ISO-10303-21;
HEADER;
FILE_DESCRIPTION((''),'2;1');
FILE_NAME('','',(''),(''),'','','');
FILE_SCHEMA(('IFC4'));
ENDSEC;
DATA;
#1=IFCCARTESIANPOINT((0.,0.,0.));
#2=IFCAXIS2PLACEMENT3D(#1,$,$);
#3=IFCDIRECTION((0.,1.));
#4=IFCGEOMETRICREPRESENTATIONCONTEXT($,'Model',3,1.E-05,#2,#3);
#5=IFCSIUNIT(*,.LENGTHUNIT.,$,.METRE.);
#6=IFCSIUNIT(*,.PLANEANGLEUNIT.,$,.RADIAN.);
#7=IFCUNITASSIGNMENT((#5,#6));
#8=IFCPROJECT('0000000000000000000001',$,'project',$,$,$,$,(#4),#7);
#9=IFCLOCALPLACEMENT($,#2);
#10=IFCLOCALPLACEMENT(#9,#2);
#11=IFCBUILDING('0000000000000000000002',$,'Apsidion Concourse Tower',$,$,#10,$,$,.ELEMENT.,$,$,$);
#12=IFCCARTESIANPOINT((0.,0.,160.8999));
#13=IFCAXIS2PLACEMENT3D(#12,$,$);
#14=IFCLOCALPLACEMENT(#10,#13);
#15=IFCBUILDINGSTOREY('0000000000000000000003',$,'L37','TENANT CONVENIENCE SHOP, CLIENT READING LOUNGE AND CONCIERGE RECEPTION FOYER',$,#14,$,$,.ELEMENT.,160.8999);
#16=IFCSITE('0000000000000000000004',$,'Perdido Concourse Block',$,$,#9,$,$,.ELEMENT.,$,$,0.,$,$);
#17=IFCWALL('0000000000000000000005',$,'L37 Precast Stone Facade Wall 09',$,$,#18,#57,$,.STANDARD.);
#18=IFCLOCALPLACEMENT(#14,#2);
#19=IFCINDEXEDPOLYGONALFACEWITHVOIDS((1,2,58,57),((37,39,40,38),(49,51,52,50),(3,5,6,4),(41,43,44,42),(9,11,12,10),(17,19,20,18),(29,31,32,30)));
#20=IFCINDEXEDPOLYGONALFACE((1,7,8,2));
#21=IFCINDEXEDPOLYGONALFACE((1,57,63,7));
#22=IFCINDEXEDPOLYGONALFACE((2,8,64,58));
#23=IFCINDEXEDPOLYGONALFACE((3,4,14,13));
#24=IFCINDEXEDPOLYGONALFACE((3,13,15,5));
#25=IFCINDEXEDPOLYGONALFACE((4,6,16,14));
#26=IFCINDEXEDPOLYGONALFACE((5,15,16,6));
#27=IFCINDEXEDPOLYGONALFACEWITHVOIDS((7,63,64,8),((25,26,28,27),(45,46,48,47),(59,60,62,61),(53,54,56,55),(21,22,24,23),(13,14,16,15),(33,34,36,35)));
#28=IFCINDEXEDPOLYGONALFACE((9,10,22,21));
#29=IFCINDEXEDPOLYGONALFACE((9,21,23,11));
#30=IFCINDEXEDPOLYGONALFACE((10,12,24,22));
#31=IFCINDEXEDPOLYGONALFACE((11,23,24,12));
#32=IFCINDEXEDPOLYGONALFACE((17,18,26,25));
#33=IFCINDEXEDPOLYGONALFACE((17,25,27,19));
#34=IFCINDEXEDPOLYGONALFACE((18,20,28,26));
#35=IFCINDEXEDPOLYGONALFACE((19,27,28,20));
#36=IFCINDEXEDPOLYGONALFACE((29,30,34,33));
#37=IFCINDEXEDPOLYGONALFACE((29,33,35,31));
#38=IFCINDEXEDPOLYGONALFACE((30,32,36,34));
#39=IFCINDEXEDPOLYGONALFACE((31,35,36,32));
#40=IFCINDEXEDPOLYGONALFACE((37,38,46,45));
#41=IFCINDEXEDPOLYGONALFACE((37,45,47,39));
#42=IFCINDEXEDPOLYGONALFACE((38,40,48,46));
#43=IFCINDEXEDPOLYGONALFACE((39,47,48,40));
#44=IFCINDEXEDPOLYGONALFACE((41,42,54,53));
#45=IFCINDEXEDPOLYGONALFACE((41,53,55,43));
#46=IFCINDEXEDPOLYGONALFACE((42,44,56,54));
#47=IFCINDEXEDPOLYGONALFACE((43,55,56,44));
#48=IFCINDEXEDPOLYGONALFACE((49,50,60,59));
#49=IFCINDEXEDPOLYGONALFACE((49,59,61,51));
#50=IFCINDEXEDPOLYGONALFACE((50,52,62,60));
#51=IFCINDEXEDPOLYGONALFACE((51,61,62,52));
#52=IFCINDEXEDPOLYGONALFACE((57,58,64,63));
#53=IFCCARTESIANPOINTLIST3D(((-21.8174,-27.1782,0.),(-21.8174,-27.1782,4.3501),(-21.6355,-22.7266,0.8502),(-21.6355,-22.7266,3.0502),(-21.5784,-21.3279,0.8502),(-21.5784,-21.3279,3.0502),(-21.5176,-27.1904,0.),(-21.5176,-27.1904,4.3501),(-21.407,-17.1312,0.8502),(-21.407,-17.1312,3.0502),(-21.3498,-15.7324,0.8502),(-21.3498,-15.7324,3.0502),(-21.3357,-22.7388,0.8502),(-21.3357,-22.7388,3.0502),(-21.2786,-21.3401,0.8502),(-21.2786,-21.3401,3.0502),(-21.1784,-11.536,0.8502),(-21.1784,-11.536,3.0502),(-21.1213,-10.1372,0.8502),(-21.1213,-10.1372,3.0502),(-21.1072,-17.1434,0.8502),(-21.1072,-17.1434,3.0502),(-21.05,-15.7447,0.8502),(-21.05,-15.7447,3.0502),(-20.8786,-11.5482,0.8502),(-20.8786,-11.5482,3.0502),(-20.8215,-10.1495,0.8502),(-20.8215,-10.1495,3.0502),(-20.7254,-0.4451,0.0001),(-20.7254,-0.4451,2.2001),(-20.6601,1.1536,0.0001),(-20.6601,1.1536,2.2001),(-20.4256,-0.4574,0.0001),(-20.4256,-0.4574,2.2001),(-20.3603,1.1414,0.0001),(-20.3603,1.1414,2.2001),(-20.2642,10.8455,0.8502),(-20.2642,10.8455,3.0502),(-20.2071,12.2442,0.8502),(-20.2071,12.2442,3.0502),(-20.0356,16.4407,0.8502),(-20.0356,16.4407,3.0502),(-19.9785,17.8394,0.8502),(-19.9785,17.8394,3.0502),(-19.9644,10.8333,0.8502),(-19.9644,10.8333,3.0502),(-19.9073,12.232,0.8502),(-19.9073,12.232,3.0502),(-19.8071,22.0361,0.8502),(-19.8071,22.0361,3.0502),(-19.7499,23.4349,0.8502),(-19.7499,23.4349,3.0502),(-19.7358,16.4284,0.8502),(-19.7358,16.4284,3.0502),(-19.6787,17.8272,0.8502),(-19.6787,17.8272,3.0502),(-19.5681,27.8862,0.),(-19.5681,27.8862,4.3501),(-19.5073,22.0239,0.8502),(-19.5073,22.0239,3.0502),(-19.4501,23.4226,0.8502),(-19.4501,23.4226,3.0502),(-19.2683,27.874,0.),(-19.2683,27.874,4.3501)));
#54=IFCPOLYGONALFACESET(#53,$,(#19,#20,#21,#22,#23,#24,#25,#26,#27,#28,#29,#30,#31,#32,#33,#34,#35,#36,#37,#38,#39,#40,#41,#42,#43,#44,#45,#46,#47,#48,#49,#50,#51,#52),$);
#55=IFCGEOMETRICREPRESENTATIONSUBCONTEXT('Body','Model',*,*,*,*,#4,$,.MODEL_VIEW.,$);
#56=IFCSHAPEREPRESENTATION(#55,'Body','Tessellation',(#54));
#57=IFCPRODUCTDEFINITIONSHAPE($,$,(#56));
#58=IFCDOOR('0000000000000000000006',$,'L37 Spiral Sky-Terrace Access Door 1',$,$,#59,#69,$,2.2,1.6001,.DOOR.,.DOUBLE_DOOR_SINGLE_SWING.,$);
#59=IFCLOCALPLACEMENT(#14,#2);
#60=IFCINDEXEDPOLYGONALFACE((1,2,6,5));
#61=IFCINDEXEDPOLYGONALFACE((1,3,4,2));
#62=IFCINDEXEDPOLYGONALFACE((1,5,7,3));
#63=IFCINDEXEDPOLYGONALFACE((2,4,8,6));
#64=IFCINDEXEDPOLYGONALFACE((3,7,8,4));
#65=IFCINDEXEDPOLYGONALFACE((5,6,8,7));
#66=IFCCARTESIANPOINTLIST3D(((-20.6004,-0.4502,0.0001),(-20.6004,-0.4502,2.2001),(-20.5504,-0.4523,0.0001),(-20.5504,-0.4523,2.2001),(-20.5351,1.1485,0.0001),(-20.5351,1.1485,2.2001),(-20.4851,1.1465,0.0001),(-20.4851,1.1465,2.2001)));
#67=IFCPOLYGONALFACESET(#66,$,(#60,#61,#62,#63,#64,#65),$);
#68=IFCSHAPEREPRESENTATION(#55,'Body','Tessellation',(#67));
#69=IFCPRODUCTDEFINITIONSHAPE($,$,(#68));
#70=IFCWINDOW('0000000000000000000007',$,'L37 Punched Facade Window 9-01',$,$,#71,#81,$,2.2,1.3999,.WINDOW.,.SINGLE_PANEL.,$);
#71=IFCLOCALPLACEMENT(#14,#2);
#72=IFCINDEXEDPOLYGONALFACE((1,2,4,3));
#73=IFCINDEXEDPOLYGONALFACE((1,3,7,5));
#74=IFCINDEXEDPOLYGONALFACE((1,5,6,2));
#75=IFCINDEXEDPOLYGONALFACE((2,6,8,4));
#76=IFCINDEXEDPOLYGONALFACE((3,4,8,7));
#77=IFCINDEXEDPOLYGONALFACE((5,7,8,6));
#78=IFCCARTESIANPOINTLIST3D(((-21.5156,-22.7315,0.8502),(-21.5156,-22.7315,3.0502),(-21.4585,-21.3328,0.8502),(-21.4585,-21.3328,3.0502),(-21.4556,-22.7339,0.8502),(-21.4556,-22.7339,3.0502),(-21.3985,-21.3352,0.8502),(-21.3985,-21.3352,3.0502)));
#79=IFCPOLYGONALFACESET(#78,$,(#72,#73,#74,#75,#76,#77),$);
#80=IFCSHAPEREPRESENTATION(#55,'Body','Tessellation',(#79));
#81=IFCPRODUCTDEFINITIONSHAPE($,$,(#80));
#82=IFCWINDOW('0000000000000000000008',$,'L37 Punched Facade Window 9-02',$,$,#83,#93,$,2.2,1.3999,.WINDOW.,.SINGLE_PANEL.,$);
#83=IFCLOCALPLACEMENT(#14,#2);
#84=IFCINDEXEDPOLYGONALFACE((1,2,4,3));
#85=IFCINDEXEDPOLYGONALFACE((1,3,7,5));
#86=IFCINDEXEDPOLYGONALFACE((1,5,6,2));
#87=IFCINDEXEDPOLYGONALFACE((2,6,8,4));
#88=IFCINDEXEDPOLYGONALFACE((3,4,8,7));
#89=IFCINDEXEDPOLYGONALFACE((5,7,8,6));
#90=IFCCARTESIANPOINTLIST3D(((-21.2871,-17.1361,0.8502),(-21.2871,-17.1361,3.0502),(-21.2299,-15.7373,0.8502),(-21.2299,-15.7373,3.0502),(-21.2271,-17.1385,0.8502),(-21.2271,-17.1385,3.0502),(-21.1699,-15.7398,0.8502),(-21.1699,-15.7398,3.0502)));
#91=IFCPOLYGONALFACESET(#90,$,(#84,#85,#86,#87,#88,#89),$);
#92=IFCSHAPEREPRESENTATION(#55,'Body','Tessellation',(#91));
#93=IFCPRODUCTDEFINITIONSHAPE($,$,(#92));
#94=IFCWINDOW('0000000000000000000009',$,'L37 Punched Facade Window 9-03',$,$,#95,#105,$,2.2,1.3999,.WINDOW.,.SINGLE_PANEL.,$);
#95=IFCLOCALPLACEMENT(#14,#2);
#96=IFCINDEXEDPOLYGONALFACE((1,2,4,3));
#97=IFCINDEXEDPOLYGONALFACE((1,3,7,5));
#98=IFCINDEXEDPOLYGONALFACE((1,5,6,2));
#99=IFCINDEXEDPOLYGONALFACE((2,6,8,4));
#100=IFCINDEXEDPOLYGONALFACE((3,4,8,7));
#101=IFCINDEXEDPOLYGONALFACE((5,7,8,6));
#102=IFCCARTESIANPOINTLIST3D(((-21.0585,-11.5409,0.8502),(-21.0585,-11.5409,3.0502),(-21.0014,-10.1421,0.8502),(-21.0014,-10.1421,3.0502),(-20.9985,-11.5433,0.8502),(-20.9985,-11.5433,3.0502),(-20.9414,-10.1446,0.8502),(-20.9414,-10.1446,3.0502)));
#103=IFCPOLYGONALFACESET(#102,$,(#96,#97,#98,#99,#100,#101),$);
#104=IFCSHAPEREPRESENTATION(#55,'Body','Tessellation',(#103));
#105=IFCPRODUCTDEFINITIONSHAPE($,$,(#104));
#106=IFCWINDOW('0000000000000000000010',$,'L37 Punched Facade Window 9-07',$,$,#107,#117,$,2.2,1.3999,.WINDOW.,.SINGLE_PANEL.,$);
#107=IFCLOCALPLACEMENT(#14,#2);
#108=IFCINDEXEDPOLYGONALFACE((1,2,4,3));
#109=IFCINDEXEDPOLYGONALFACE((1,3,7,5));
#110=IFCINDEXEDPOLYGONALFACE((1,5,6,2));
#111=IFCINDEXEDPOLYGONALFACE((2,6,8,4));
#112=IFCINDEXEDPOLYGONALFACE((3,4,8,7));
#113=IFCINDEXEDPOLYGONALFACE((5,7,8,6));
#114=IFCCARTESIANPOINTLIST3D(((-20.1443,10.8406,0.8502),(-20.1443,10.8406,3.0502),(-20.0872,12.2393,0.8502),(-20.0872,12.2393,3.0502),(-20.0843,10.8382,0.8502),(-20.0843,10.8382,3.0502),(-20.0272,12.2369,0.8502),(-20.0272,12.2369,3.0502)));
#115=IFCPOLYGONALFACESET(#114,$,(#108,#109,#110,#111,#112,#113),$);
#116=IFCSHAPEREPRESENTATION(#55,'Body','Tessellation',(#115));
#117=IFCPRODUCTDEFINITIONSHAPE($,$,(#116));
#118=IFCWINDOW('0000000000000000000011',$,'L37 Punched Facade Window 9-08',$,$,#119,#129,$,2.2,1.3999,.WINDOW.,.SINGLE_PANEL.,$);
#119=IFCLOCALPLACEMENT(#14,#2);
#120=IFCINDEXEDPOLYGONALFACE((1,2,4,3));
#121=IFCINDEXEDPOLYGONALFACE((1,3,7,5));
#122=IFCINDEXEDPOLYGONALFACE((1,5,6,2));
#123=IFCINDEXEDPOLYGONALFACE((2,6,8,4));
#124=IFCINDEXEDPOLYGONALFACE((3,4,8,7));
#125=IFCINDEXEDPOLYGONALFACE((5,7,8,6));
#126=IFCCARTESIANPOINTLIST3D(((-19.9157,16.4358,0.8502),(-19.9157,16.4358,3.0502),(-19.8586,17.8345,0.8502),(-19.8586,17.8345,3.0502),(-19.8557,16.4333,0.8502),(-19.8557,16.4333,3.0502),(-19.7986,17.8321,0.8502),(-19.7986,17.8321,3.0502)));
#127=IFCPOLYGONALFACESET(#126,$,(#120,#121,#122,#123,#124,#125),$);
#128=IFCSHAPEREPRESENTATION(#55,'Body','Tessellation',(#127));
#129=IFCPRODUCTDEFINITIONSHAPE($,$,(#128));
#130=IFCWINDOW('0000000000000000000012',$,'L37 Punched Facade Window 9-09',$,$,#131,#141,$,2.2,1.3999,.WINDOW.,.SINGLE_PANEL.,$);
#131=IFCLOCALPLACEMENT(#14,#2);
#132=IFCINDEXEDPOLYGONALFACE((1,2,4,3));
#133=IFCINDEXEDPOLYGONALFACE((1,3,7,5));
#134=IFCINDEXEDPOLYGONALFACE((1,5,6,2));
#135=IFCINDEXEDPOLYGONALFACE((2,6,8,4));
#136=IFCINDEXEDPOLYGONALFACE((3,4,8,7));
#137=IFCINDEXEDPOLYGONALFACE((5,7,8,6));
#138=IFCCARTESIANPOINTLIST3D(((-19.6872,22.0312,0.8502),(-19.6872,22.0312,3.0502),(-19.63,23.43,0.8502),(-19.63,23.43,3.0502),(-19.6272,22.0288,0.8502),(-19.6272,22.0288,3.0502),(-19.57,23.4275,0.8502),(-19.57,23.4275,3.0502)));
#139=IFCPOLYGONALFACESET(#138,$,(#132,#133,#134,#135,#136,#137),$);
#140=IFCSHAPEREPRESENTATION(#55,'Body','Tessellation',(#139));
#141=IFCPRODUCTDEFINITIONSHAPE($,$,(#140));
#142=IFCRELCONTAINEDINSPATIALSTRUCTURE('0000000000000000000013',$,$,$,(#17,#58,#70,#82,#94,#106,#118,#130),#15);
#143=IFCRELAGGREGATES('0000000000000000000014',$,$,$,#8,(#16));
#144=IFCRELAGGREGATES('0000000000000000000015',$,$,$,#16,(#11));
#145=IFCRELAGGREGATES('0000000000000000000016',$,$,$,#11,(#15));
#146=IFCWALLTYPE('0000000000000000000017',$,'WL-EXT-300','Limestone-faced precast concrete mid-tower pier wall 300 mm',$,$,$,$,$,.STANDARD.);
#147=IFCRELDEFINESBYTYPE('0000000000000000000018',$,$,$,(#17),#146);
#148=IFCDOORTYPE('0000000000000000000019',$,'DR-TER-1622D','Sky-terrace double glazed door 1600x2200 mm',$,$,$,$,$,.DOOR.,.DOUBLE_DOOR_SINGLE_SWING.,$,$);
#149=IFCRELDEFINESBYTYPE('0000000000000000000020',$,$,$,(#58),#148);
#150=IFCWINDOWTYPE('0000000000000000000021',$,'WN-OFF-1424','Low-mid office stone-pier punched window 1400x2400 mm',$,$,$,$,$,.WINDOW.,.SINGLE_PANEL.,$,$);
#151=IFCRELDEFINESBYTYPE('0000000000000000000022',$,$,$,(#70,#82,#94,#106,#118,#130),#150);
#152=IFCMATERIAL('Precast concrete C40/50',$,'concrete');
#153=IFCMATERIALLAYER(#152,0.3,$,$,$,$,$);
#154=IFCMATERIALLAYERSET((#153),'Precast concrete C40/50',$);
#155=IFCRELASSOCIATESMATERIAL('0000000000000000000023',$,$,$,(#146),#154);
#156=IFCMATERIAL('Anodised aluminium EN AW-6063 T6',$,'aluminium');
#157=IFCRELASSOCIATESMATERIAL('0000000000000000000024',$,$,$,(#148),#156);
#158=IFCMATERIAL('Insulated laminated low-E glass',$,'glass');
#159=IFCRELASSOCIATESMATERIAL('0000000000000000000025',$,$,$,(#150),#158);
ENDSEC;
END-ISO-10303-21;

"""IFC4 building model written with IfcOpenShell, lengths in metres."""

from ifc_helpers import new_model, si_unit, direction, frame, frame_2d, origin, place, context, subcontext, project, spatial, rectangle, extrude, material, layer, layer_set, type_object, element, fill, save


model = new_model("IFC4")

# Units and contexts
model_context = context("Model", 3, precision=1e-05, world=origin(), true_north=direction((0.0, 1.0)))
body_context = subcontext(model_context, "Body", "Model", "MODEL_VIEW")
ifc_project = project(units=[si_unit("LENGTHUNIT", "METRE"), si_unit("PLANEANGLEUNIT", "RADIAN")], contexts=[model_context])

# Site, building, storey
site_placement = place(None, origin())
site = spatial("IfcSite", under=ifc_project, at=site_placement, Name="Perdido Concourse Block", CompositionType="ELEMENT", RefElevation=0.0)
building_placement = place(site_placement, origin())
building = spatial("IfcBuilding", under=site, at=building_placement, Name="Apsidion Concourse Tower", CompositionType="ELEMENT")
storey_placement = place(building_placement, frame((0.0, 0.0, 160.8999)))
storey = spatial("IfcBuildingStorey", under=building, at=storey_placement, Name="L37", Description="TENANT CONVENIENCE SHOP, CLIENT READING LOUNGE AND CONCIERGE RECEPTION FOYER", CompositionType="ELEMENT", Elevation=160.8999)

# Shared definitions
ifc_material_1 = material(Name="Precast concrete C40/50", Category="concrete")
ifc_layer_1 = layer(ifc_material_1, 0.3)
ifc_layer_set_1 = layer_set([ifc_layer_1], Name="Precast concrete C40/50")
wall_type_1 = type_object("IfcWallType", Name="WL-EXT-300", Description="Limestone-faced precast concrete mid-tower pier wall 300 mm", PredefinedType="STANDARD", material=ifc_layer_set_1)

# Wall, openings, door, windows
wall_1_placement = place(storey_placement, frame((-21.6675, -27.1843, 0.0), z_axis=(0.0, 0.0, 1.0), x_axis=(0.040814, 0.999167, 0.0)))
wall_1 = element("IfcWall", 1, at=wall_1_placement, inside=storey, type_object=wall_type_1, Name="L37 Precast Stone Facade Wall 09", PredefinedType="STANDARD", context=body_context, shape_type="SweptSolid", body=[
    extrude(rectangle(XDim=55.1104, YDim=0.3, at=frame_2d((27.5552, 0.0))), origin(), (0.0, 0.0, 1.0), 4.3501),
])
opening_1_placement = place(wall_1_placement, frame((26.7554, 0.0, 0.0)))
opening_1 = element("IfcOpeningElement", 2, at=opening_1_placement, cuts=wall_1, PredefinedType="OPENING", context=body_context, shape_type="SweptSolid", body=[
    extrude(rectangle(XDim=1.6001, YDim=2.2, at=frame_2d((0.8, 1.1001))), frame((0.0, 0.1602, 0.0), z_axis=(0.0, -1.0, 0.0), x_axis=(1.0, 0.0, 0.0)), (0.0, 0.0, 1.0), 0.3201),
])
opening_2_placement = place(wall_1_placement, frame((4.4553, 0.0, 0.8501)))
opening_2 = element("IfcOpeningElement", 3, at=opening_2_placement, cuts=wall_1, PredefinedType="OPENING", context=body_context, shape_type="SweptSolid", body=[
    extrude(rectangle(XDim=1.3999, YDim=2.2, at=frame_2d((0.7, 1.1001))), frame((0.0, 0.1602, 0.0), z_axis=(0.0, -1.0, 0.0), x_axis=(1.0, 0.0, 0.0)), (0.0, 0.0, 1.0), 0.3201),
])
opening_3_placement = place(wall_1_placement, frame((10.0554, 0.0, 0.8501)))
opening_3 = element("IfcOpeningElement", 4, at=opening_3_placement, cuts=wall_1, PredefinedType="OPENING", context=body_context, shape_type="SweptSolid", body=[
    extrude(rectangle(XDim=1.3999, YDim=2.2, at=frame_2d((0.7, 1.1001))), frame((0.0, 0.1602, 0.0), z_axis=(0.0, -1.0, 0.0), x_axis=(1.0, 0.0, 0.0)), (0.0, 0.0, 1.0), 0.3201),
])
opening_4_placement = place(wall_1_placement, frame((15.6553, 0.0, 0.8501)))
opening_4 = element("IfcOpeningElement", 5, at=opening_4_placement, cuts=wall_1, PredefinedType="OPENING", context=body_context, shape_type="SweptSolid", body=[
    extrude(rectangle(XDim=1.3999, YDim=2.2, at=frame_2d((0.7, 1.1001))), frame((0.0, 0.1602, 0.0), z_axis=(0.0, -1.0, 0.0), x_axis=(1.0, 0.0, 0.0)), (0.0, 0.0, 1.0), 0.3201),
])
opening_5_placement = place(wall_1_placement, frame((38.0554, 0.0, 0.8501)))
opening_5 = element("IfcOpeningElement", 6, at=opening_5_placement, cuts=wall_1, PredefinedType="OPENING", context=body_context, shape_type="SweptSolid", body=[
    extrude(rectangle(XDim=1.3999, YDim=2.2, at=frame_2d((0.7, 1.1001))), frame((0.0, 0.1602, 0.0), z_axis=(0.0, -1.0, 0.0), x_axis=(1.0, 0.0, 0.0)), (0.0, 0.0, 1.0), 0.3201),
])
opening_6_placement = place(wall_1_placement, frame((43.6553, 0.0, 0.8501)))
opening_6 = element("IfcOpeningElement", 7, at=opening_6_placement, cuts=wall_1, PredefinedType="OPENING", context=body_context, shape_type="SweptSolid", body=[
    extrude(rectangle(XDim=1.3999, YDim=2.2, at=frame_2d((0.7, 1.1001))), frame((0.0, 0.1602, 0.0), z_axis=(0.0, -1.0, 0.0), x_axis=(1.0, 0.0, 0.0)), (0.0, 0.0, 1.0), 0.3201),
])
opening_7_placement = place(wall_1_placement, frame((49.2554, 0.0, 0.8501)))
opening_7 = element("IfcOpeningElement", 8, at=opening_7_placement, cuts=wall_1, PredefinedType="OPENING", context=body_context, shape_type="SweptSolid", body=[
    extrude(rectangle(XDim=1.3999, YDim=2.2, at=frame_2d((0.7, 1.1001))), frame((0.0, 0.1602, 0.0), z_axis=(0.0, -1.0, 0.0), x_axis=(1.0, 0.0, 0.0)), (0.0, 0.0, 1.0), 0.3201),
])
ifc_material_2 = material(Name="Anodised aluminium EN AW-6063 T6", Category="aluminium")
door_type_1 = type_object("IfcDoorType", Name="DR-TER-1622D", Description="Sky-terrace double glazed door 1600x2200 mm", OperationType="DOUBLE_DOOR_SINGLE_SWING", PredefinedType="DOOR", material=ifc_material_2)
door_1_placement = place(opening_1_placement, origin())
door_1 = element("IfcDoor", 9, at=door_1_placement, inside=storey, type_object=door_type_1, Name="L37 Spiral Sky-Terrace Access Door 1", OperationType="DOUBLE_DOOR_SINGLE_SWING", OverallHeight=2.2, OverallWidth=1.6001, PredefinedType="DOOR", context=body_context, shape_type="SweptSolid", body=[
    extrude(rectangle(XDim=1.6001, YDim=2.2, at=frame_2d((0.8, 1.1001))), frame((0.0, 0.0249, 0.0), z_axis=(0.0, -1.0, 0.0), x_axis=(1.0, 0.0, 0.0)), (0.0, 0.0, 1.0), 0.05),
])
fill(opening_1, door_1)
ifc_material_3 = material(Name="Insulated laminated low-E glass", Category="glass")
window_type = type_object("IfcWindowType", Name="WN-OFF-1424", Description="Low-mid office stone-pier punched window 1400x2400 mm", PartitioningType="SINGLE_PANEL", PredefinedType="WINDOW", material=ifc_material_3)
window_1_placement = place(opening_2_placement, origin())
window_1 = element("IfcWindow", 10, at=window_1_placement, inside=storey, type_object=window_type, Name="L37 Punched Facade Window 9-01", OverallHeight=2.2, OverallWidth=1.3999, PartitioningType="SINGLE_PANEL", PredefinedType="WINDOW", context=body_context, shape_type="SweptSolid", body=[
    extrude(rectangle(XDim=1.3999, YDim=2.2, at=frame_2d((0.7, 1.1001))), frame((0.0, 0.03, 0.0), z_axis=(0.0, -1.0, 0.0), x_axis=(1.0, 0.0, 0.0)), (0.0, 0.0, 1.0), 0.0601),
])
fill(opening_2, window_1)
window_2_placement = place(opening_3_placement, origin())
window_2 = element("IfcWindow", 11, at=window_2_placement, inside=storey, type_object=window_type, Name="L37 Punched Facade Window 9-02", OverallHeight=2.2, OverallWidth=1.3999, PartitioningType="SINGLE_PANEL", PredefinedType="WINDOW", context=body_context, shape_type="SweptSolid", body=[
    extrude(rectangle(XDim=1.3999, YDim=2.2, at=frame_2d((0.7, 1.1001))), frame((0.0, 0.03, 0.0), z_axis=(0.0, -1.0, 0.0), x_axis=(1.0, 0.0, 0.0)), (0.0, 0.0, 1.0), 0.0601),
])
fill(opening_3, window_2)
window_3_placement = place(opening_4_placement, origin())
window_3 = element("IfcWindow", 12, at=window_3_placement, inside=storey, type_object=window_type, Name="L37 Punched Facade Window 9-03", OverallHeight=2.2, OverallWidth=1.3999, PartitioningType="SINGLE_PANEL", PredefinedType="WINDOW", context=body_context, shape_type="SweptSolid", body=[
    extrude(rectangle(XDim=1.3999, YDim=2.2, at=frame_2d((0.7, 1.1001))), frame((0.0, 0.03, 0.0), z_axis=(0.0, -1.0, 0.0), x_axis=(1.0, 0.0, 0.0)), (0.0, 0.0, 1.0), 0.0601),
])
fill(opening_4, window_3)
window_4_placement = place(opening_5_placement, origin())
window_4 = element("IfcWindow", 13, at=window_4_placement, inside=storey, type_object=window_type, Name="L37 Punched Facade Window 9-07", OverallHeight=2.2, OverallWidth=1.3999, PartitioningType="SINGLE_PANEL", PredefinedType="WINDOW", context=body_context, shape_type="SweptSolid", body=[
    extrude(rectangle(XDim=1.3999, YDim=2.2, at=frame_2d((0.7, 1.1001))), frame((0.0, 0.03, 0.0), z_axis=(0.0, -1.0, 0.0), x_axis=(1.0, 0.0, 0.0)), (0.0, 0.0, 1.0), 0.0601),
])
fill(opening_5, window_4)
window_5_placement = place(opening_6_placement, origin())
window_5 = element("IfcWindow", 14, at=window_5_placement, inside=storey, type_object=window_type, Name="L37 Punched Facade Window 9-08", OverallHeight=2.2, OverallWidth=1.3999, PartitioningType="SINGLE_PANEL", PredefinedType="WINDOW", context=body_context, shape_type="SweptSolid", body=[
    extrude(rectangle(XDim=1.3999, YDim=2.2, at=frame_2d((0.7, 1.1001))), frame((0.0, 0.03, 0.0), z_axis=(0.0, -1.0, 0.0), x_axis=(1.0, 0.0, 0.0)), (0.0, 0.0, 1.0), 0.0601),
])
fill(opening_6, window_5)
window_6_placement = place(opening_7_placement, origin())
window_6 = element("IfcWindow", 15, at=window_6_placement, inside=storey, type_object=window_type, Name="L37 Punched Facade Window 9-09", OverallHeight=2.2, OverallWidth=1.3999, PartitioningType="SINGLE_PANEL", PredefinedType="WINDOW", context=body_context, shape_type="SweptSolid", body=[
    extrude(rectangle(XDim=1.3999, YDim=2.2, at=frame_2d((0.7, 1.1001))), frame((0.0, 0.03, 0.0), z_axis=(0.0, -1.0, 0.0), x_axis=(1.0, 0.0, 0.0)), (0.0, 0.0, 1.0), 0.0601),
])
fill(opening_7, window_6)

save(model, "model.ifc")
